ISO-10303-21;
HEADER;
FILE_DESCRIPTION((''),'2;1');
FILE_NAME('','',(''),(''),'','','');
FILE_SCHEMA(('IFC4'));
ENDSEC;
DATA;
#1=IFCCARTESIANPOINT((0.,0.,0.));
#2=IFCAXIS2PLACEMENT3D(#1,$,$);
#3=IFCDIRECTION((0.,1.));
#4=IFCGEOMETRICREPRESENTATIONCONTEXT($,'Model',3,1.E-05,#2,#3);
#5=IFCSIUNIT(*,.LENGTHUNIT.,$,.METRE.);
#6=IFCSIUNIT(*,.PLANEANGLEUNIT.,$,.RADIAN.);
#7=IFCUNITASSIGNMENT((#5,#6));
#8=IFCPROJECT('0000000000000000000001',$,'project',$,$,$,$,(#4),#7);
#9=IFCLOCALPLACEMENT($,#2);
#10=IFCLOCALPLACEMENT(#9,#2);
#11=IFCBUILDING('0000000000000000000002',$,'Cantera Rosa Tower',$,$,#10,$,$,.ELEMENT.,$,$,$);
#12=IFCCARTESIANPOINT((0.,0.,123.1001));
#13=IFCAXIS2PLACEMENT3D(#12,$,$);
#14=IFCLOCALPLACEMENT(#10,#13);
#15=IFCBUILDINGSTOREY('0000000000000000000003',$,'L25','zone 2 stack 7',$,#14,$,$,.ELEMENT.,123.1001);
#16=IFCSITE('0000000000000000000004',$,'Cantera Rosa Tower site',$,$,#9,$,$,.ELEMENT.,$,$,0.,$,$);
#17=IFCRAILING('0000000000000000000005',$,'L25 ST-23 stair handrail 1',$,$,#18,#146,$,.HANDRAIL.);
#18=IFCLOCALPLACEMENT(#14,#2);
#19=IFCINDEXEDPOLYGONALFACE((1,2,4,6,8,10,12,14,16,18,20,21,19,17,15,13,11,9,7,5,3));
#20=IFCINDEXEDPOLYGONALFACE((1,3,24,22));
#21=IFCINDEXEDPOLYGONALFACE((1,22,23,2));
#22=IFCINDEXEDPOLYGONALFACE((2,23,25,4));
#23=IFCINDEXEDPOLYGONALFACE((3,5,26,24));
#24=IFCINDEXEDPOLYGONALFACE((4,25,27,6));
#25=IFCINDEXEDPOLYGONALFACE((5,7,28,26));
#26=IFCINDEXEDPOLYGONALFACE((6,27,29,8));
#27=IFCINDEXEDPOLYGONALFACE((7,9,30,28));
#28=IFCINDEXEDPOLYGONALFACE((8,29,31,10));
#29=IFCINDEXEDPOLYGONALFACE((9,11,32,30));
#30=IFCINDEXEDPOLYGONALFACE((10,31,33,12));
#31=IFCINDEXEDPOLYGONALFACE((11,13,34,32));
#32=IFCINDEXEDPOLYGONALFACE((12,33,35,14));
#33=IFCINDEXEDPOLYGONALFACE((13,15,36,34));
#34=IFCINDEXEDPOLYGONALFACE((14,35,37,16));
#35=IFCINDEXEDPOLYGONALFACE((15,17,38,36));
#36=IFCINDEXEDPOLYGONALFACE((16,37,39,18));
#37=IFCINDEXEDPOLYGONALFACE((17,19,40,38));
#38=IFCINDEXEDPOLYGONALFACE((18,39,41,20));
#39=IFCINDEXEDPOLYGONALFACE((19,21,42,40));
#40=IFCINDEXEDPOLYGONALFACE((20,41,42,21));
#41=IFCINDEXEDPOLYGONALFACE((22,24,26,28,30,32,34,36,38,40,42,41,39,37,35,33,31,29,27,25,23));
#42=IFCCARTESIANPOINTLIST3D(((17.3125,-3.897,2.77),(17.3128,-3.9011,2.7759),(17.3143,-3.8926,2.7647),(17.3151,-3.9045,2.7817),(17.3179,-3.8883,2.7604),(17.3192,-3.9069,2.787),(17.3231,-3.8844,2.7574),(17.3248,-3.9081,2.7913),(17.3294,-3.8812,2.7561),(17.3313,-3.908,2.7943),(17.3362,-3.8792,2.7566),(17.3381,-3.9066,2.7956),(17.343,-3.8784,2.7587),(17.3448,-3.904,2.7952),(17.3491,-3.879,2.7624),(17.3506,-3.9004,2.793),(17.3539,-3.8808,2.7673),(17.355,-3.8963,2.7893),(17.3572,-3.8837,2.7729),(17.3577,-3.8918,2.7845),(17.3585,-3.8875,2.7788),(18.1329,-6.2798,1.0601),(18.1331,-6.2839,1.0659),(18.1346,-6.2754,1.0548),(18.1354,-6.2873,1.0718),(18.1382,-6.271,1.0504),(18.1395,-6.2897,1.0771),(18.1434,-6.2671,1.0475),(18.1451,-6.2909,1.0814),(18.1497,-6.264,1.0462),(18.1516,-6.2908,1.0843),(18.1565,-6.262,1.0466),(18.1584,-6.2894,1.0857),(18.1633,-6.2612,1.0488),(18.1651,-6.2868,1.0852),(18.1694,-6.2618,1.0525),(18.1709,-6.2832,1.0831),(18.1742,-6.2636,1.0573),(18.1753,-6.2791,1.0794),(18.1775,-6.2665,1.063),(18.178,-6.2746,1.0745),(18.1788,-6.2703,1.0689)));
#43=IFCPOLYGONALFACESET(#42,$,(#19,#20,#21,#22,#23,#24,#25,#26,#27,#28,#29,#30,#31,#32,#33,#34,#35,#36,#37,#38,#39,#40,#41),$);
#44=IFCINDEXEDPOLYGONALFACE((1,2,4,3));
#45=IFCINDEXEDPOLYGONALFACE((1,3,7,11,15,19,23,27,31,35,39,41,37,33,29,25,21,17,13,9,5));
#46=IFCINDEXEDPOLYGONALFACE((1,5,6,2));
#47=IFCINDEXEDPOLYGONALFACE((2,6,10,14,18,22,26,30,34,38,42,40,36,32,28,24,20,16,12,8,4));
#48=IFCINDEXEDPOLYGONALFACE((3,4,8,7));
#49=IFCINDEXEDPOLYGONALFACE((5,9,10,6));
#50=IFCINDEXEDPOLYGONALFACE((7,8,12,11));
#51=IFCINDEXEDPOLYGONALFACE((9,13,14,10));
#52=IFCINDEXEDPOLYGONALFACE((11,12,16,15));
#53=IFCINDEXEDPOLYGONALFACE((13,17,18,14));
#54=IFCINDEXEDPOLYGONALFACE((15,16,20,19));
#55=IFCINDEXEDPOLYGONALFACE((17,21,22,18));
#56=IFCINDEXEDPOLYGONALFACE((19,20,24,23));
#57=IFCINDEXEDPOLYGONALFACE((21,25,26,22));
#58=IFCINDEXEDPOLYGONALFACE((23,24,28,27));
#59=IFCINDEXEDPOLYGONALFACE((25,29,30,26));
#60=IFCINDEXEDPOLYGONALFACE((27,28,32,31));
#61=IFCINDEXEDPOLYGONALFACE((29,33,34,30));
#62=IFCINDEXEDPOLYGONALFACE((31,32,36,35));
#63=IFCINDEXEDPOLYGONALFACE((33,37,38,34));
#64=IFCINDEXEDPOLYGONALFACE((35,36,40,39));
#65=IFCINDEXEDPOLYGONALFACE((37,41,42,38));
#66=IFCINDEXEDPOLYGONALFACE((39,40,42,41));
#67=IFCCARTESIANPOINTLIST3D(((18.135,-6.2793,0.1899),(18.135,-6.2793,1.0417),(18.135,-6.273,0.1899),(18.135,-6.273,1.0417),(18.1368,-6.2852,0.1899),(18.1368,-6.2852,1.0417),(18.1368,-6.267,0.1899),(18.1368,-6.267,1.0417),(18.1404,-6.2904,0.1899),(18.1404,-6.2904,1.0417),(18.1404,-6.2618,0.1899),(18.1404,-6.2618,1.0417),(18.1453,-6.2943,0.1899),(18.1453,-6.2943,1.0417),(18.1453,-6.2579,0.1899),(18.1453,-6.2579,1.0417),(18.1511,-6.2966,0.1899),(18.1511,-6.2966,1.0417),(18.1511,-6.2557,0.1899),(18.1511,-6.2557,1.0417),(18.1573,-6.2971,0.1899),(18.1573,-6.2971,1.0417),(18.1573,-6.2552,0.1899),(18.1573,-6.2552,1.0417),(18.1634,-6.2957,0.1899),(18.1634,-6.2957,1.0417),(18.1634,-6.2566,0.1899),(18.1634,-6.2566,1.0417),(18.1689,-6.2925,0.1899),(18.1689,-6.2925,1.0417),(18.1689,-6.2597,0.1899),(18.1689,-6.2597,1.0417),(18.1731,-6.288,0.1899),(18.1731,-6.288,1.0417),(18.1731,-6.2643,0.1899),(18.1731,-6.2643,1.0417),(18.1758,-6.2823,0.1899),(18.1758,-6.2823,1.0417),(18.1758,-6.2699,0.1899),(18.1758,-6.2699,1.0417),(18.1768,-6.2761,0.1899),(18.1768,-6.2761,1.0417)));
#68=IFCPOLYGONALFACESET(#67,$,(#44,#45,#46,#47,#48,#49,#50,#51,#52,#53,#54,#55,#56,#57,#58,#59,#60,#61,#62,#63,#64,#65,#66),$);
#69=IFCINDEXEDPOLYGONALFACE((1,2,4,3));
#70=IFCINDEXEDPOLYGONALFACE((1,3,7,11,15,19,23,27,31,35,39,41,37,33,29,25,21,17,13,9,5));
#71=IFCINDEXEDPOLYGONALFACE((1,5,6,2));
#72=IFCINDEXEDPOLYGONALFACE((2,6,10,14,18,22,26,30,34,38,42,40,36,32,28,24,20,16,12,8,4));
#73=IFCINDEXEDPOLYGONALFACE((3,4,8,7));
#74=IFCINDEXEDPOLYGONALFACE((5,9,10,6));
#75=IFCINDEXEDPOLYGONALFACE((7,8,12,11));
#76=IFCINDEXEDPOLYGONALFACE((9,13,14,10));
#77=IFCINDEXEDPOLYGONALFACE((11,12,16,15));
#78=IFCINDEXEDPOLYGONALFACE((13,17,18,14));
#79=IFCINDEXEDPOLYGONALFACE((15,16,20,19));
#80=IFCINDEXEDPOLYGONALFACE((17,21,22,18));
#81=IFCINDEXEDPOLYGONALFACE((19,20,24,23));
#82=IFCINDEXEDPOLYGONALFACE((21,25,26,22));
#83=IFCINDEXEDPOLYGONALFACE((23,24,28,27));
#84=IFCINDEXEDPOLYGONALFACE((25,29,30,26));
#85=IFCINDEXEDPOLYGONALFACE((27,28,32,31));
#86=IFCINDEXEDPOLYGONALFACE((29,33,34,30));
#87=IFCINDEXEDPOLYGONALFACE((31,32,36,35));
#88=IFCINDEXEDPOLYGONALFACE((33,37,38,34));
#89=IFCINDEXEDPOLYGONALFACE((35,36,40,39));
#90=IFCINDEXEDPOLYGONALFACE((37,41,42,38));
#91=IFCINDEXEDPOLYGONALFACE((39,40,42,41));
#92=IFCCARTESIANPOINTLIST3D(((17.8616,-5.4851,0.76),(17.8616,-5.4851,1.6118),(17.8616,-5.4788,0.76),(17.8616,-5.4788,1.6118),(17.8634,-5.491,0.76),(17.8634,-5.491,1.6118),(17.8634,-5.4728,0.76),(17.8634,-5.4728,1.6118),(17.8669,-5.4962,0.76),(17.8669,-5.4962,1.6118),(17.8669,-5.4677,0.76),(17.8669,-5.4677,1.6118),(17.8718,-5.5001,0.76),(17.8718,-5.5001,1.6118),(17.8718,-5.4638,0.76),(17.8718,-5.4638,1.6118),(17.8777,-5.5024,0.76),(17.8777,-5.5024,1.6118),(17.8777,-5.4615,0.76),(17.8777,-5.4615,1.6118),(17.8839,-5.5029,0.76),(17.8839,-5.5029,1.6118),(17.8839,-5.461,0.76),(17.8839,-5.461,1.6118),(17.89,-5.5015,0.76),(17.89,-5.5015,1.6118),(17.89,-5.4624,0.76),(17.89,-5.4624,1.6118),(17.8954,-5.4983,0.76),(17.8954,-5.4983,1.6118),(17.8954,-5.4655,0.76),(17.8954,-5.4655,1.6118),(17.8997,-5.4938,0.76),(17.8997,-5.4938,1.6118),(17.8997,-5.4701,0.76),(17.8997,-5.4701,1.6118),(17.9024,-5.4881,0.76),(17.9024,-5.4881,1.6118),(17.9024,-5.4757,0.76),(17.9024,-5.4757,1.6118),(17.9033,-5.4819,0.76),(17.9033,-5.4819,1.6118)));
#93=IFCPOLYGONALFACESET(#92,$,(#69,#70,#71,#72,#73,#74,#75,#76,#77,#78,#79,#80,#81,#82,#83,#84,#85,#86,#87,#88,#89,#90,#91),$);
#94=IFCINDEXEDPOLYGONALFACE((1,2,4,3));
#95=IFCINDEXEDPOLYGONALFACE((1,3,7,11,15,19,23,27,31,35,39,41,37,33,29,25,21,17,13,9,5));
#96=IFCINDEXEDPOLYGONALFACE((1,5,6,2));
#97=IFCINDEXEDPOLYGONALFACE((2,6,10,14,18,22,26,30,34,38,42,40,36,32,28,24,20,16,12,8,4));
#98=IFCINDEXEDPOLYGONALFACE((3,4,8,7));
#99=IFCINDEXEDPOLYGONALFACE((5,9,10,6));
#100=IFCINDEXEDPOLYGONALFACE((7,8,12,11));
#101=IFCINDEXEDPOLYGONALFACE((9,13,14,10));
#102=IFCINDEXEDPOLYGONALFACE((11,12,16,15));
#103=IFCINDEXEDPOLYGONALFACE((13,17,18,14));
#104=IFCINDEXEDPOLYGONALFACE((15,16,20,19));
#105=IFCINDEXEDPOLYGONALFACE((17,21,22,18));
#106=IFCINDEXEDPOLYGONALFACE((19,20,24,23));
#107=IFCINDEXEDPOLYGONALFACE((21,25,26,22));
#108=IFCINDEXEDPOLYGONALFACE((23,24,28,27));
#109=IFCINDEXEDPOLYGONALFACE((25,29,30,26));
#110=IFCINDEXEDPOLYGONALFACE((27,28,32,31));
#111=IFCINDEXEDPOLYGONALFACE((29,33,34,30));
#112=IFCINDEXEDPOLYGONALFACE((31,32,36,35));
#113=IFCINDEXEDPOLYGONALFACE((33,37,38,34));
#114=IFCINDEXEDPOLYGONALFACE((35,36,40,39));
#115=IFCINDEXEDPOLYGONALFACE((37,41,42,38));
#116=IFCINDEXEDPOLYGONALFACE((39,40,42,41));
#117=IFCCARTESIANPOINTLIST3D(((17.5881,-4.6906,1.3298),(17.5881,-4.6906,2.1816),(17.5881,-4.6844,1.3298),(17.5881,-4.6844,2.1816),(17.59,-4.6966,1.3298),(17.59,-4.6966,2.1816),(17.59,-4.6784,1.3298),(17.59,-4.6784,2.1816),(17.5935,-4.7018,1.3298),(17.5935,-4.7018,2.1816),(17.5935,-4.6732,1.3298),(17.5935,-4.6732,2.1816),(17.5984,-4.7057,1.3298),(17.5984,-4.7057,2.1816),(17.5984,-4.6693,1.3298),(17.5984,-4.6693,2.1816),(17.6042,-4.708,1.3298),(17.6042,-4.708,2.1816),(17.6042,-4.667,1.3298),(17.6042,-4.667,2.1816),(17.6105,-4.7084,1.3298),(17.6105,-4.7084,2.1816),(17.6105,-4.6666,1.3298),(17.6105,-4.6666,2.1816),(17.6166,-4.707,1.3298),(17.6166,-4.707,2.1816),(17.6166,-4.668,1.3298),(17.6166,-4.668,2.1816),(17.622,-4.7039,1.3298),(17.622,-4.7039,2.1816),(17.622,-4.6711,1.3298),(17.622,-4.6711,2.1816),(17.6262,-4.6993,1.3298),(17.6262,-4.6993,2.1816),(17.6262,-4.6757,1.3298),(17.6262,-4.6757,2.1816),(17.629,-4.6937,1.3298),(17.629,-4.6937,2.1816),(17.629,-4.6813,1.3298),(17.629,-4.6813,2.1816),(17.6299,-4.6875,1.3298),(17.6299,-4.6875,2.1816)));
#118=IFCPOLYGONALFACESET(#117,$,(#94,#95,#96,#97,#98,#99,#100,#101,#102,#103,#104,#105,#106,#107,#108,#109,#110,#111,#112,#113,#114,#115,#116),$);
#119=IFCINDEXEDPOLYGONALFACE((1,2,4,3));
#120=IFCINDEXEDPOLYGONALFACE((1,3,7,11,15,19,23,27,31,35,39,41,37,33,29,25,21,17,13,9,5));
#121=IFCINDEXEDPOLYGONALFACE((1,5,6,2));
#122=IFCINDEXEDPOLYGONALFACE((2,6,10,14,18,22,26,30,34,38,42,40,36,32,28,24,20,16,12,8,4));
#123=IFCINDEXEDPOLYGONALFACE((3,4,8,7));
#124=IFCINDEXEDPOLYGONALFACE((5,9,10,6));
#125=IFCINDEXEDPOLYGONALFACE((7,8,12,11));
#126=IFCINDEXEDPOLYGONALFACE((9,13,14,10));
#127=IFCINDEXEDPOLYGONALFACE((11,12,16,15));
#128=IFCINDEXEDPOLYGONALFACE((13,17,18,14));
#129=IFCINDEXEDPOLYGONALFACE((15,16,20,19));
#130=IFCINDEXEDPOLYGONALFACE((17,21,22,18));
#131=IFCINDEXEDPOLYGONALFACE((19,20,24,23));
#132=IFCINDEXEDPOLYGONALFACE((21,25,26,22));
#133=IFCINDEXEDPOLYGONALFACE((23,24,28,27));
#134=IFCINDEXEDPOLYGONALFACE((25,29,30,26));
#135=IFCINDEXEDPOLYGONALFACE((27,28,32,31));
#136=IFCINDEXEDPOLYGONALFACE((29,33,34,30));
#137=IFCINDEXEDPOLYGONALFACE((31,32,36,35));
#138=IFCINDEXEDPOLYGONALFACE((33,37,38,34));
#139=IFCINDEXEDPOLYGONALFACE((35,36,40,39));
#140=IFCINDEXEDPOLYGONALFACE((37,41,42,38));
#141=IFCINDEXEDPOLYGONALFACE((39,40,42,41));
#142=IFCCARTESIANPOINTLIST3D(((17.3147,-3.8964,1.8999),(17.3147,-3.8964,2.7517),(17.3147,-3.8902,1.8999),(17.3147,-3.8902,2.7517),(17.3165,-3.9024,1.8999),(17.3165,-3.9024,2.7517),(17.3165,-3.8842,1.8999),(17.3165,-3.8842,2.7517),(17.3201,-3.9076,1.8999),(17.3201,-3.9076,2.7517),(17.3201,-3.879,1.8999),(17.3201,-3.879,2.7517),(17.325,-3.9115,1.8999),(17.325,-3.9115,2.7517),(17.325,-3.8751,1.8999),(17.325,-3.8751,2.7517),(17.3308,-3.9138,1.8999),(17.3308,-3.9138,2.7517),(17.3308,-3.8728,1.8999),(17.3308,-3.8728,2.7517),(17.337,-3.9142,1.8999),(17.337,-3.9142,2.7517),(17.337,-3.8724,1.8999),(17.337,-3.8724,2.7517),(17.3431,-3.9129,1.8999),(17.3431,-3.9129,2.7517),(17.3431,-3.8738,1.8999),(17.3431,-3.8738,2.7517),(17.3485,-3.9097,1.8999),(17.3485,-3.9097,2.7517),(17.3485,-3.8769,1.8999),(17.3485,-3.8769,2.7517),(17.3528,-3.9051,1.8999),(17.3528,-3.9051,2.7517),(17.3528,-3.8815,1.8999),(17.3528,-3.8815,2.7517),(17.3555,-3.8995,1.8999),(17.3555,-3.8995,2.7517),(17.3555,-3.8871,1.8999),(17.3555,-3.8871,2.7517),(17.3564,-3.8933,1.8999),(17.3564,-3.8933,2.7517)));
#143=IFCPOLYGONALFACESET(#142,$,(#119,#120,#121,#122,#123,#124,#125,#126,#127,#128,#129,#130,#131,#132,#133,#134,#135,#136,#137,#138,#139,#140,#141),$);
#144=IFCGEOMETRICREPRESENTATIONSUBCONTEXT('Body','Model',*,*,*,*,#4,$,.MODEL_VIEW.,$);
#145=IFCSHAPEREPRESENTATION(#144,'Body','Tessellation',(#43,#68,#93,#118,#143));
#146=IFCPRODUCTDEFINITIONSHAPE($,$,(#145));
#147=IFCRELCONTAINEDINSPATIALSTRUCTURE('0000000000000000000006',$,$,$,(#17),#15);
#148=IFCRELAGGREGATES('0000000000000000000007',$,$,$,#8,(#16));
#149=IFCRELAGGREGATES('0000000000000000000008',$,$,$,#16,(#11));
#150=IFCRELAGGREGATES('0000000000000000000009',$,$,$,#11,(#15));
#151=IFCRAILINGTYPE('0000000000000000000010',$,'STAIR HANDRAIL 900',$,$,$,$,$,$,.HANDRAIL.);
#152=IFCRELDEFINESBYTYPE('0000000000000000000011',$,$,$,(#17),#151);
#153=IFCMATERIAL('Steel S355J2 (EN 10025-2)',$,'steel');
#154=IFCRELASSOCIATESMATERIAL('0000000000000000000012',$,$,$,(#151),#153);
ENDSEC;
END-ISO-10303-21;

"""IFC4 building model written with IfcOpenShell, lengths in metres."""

from ifc_helpers import new_model, si_unit, direction, frame, origin, origin_2d, place, context, subcontext, project, spatial, circle, extrude, material, type_object, element, save


model = new_model("IFC4")

# Units and contexts
model_context = context("Model", 3, precision=1e-05, world=origin(), true_north=direction((0.0, 1.0)))
body_context = subcontext(model_context, "Body", "Model", "MODEL_VIEW")
ifc_project = project(units=[si_unit("LENGTHUNIT", "METRE"), si_unit("PLANEANGLEUNIT", "RADIAN")], contexts=[model_context])

# Site, building, storey
site_placement = place(None, origin())
site = spatial("IfcSite", under=ifc_project, at=site_placement, Name="Cantera Rosa Tower site", CompositionType="ELEMENT", RefElevation=0.0)
building_placement = place(site_placement, origin())
building = spatial("IfcBuilding", under=site, at=building_placement, Name="Cantera Rosa Tower", CompositionType="ELEMENT")
storey_placement = place(building_placement, frame((0.0, 0.0, 123.1001)))
storey = spatial("IfcBuildingStorey", under=building, at=storey_placement, Name="L25", Description="zone 2 stack 7", CompositionType="ELEMENT", Elevation=123.1001)

# Railing
ifc_material_1 = material(Name="Steel S355J2 (EN 10025-2)", Category="steel")
railing_type_1 = type_object("IfcRailingType", Name="STAIR HANDRAIL 900", PredefinedType="HANDRAIL", material=ifc_material_1)
railing_1_placement = place(storey_placement, frame((18.1558, -6.2761, 0.1899)))
element("IfcRailing", 1, at=railing_1_placement, inside=storey, type_object=railing_type_1, Name="L25 ST-23 stair handrail 1", PredefinedType="HANDRAIL", context=body_context, shape_type="SweptSolid", body=[
    extrude(circle(Radius=0.0239, at=origin_2d()), frame((0.0, 0.0, 0.876), z_axis=(-0.269358, 0.782421, 0.561483), x_axis=(-0.945538, -0.325513, 0.0)), (0.0, 0.0, 1.0), 3.0454),
    extrude(circle(Radius=0.021, at=origin_2d()), origin(), (0.0, 0.0, 1.0), 0.8518),
    extrude(circle(Radius=0.021, at=origin_2d()), frame((-0.2734, 0.7942, 0.5701)), (0.0, 0.0, 1.0), 0.8518),
    extrude(circle(Radius=0.021, at=origin_2d()), frame((-0.5469, 1.5886, 1.1399)), (0.0, 0.0, 1.0), 0.8518),
    extrude(circle(Radius=0.021, at=origin_2d()), frame((-0.8203, 2.3828, 1.71)), (0.0, 0.0, 1.0), 0.8518),
])

save(model, "model.ifc")
